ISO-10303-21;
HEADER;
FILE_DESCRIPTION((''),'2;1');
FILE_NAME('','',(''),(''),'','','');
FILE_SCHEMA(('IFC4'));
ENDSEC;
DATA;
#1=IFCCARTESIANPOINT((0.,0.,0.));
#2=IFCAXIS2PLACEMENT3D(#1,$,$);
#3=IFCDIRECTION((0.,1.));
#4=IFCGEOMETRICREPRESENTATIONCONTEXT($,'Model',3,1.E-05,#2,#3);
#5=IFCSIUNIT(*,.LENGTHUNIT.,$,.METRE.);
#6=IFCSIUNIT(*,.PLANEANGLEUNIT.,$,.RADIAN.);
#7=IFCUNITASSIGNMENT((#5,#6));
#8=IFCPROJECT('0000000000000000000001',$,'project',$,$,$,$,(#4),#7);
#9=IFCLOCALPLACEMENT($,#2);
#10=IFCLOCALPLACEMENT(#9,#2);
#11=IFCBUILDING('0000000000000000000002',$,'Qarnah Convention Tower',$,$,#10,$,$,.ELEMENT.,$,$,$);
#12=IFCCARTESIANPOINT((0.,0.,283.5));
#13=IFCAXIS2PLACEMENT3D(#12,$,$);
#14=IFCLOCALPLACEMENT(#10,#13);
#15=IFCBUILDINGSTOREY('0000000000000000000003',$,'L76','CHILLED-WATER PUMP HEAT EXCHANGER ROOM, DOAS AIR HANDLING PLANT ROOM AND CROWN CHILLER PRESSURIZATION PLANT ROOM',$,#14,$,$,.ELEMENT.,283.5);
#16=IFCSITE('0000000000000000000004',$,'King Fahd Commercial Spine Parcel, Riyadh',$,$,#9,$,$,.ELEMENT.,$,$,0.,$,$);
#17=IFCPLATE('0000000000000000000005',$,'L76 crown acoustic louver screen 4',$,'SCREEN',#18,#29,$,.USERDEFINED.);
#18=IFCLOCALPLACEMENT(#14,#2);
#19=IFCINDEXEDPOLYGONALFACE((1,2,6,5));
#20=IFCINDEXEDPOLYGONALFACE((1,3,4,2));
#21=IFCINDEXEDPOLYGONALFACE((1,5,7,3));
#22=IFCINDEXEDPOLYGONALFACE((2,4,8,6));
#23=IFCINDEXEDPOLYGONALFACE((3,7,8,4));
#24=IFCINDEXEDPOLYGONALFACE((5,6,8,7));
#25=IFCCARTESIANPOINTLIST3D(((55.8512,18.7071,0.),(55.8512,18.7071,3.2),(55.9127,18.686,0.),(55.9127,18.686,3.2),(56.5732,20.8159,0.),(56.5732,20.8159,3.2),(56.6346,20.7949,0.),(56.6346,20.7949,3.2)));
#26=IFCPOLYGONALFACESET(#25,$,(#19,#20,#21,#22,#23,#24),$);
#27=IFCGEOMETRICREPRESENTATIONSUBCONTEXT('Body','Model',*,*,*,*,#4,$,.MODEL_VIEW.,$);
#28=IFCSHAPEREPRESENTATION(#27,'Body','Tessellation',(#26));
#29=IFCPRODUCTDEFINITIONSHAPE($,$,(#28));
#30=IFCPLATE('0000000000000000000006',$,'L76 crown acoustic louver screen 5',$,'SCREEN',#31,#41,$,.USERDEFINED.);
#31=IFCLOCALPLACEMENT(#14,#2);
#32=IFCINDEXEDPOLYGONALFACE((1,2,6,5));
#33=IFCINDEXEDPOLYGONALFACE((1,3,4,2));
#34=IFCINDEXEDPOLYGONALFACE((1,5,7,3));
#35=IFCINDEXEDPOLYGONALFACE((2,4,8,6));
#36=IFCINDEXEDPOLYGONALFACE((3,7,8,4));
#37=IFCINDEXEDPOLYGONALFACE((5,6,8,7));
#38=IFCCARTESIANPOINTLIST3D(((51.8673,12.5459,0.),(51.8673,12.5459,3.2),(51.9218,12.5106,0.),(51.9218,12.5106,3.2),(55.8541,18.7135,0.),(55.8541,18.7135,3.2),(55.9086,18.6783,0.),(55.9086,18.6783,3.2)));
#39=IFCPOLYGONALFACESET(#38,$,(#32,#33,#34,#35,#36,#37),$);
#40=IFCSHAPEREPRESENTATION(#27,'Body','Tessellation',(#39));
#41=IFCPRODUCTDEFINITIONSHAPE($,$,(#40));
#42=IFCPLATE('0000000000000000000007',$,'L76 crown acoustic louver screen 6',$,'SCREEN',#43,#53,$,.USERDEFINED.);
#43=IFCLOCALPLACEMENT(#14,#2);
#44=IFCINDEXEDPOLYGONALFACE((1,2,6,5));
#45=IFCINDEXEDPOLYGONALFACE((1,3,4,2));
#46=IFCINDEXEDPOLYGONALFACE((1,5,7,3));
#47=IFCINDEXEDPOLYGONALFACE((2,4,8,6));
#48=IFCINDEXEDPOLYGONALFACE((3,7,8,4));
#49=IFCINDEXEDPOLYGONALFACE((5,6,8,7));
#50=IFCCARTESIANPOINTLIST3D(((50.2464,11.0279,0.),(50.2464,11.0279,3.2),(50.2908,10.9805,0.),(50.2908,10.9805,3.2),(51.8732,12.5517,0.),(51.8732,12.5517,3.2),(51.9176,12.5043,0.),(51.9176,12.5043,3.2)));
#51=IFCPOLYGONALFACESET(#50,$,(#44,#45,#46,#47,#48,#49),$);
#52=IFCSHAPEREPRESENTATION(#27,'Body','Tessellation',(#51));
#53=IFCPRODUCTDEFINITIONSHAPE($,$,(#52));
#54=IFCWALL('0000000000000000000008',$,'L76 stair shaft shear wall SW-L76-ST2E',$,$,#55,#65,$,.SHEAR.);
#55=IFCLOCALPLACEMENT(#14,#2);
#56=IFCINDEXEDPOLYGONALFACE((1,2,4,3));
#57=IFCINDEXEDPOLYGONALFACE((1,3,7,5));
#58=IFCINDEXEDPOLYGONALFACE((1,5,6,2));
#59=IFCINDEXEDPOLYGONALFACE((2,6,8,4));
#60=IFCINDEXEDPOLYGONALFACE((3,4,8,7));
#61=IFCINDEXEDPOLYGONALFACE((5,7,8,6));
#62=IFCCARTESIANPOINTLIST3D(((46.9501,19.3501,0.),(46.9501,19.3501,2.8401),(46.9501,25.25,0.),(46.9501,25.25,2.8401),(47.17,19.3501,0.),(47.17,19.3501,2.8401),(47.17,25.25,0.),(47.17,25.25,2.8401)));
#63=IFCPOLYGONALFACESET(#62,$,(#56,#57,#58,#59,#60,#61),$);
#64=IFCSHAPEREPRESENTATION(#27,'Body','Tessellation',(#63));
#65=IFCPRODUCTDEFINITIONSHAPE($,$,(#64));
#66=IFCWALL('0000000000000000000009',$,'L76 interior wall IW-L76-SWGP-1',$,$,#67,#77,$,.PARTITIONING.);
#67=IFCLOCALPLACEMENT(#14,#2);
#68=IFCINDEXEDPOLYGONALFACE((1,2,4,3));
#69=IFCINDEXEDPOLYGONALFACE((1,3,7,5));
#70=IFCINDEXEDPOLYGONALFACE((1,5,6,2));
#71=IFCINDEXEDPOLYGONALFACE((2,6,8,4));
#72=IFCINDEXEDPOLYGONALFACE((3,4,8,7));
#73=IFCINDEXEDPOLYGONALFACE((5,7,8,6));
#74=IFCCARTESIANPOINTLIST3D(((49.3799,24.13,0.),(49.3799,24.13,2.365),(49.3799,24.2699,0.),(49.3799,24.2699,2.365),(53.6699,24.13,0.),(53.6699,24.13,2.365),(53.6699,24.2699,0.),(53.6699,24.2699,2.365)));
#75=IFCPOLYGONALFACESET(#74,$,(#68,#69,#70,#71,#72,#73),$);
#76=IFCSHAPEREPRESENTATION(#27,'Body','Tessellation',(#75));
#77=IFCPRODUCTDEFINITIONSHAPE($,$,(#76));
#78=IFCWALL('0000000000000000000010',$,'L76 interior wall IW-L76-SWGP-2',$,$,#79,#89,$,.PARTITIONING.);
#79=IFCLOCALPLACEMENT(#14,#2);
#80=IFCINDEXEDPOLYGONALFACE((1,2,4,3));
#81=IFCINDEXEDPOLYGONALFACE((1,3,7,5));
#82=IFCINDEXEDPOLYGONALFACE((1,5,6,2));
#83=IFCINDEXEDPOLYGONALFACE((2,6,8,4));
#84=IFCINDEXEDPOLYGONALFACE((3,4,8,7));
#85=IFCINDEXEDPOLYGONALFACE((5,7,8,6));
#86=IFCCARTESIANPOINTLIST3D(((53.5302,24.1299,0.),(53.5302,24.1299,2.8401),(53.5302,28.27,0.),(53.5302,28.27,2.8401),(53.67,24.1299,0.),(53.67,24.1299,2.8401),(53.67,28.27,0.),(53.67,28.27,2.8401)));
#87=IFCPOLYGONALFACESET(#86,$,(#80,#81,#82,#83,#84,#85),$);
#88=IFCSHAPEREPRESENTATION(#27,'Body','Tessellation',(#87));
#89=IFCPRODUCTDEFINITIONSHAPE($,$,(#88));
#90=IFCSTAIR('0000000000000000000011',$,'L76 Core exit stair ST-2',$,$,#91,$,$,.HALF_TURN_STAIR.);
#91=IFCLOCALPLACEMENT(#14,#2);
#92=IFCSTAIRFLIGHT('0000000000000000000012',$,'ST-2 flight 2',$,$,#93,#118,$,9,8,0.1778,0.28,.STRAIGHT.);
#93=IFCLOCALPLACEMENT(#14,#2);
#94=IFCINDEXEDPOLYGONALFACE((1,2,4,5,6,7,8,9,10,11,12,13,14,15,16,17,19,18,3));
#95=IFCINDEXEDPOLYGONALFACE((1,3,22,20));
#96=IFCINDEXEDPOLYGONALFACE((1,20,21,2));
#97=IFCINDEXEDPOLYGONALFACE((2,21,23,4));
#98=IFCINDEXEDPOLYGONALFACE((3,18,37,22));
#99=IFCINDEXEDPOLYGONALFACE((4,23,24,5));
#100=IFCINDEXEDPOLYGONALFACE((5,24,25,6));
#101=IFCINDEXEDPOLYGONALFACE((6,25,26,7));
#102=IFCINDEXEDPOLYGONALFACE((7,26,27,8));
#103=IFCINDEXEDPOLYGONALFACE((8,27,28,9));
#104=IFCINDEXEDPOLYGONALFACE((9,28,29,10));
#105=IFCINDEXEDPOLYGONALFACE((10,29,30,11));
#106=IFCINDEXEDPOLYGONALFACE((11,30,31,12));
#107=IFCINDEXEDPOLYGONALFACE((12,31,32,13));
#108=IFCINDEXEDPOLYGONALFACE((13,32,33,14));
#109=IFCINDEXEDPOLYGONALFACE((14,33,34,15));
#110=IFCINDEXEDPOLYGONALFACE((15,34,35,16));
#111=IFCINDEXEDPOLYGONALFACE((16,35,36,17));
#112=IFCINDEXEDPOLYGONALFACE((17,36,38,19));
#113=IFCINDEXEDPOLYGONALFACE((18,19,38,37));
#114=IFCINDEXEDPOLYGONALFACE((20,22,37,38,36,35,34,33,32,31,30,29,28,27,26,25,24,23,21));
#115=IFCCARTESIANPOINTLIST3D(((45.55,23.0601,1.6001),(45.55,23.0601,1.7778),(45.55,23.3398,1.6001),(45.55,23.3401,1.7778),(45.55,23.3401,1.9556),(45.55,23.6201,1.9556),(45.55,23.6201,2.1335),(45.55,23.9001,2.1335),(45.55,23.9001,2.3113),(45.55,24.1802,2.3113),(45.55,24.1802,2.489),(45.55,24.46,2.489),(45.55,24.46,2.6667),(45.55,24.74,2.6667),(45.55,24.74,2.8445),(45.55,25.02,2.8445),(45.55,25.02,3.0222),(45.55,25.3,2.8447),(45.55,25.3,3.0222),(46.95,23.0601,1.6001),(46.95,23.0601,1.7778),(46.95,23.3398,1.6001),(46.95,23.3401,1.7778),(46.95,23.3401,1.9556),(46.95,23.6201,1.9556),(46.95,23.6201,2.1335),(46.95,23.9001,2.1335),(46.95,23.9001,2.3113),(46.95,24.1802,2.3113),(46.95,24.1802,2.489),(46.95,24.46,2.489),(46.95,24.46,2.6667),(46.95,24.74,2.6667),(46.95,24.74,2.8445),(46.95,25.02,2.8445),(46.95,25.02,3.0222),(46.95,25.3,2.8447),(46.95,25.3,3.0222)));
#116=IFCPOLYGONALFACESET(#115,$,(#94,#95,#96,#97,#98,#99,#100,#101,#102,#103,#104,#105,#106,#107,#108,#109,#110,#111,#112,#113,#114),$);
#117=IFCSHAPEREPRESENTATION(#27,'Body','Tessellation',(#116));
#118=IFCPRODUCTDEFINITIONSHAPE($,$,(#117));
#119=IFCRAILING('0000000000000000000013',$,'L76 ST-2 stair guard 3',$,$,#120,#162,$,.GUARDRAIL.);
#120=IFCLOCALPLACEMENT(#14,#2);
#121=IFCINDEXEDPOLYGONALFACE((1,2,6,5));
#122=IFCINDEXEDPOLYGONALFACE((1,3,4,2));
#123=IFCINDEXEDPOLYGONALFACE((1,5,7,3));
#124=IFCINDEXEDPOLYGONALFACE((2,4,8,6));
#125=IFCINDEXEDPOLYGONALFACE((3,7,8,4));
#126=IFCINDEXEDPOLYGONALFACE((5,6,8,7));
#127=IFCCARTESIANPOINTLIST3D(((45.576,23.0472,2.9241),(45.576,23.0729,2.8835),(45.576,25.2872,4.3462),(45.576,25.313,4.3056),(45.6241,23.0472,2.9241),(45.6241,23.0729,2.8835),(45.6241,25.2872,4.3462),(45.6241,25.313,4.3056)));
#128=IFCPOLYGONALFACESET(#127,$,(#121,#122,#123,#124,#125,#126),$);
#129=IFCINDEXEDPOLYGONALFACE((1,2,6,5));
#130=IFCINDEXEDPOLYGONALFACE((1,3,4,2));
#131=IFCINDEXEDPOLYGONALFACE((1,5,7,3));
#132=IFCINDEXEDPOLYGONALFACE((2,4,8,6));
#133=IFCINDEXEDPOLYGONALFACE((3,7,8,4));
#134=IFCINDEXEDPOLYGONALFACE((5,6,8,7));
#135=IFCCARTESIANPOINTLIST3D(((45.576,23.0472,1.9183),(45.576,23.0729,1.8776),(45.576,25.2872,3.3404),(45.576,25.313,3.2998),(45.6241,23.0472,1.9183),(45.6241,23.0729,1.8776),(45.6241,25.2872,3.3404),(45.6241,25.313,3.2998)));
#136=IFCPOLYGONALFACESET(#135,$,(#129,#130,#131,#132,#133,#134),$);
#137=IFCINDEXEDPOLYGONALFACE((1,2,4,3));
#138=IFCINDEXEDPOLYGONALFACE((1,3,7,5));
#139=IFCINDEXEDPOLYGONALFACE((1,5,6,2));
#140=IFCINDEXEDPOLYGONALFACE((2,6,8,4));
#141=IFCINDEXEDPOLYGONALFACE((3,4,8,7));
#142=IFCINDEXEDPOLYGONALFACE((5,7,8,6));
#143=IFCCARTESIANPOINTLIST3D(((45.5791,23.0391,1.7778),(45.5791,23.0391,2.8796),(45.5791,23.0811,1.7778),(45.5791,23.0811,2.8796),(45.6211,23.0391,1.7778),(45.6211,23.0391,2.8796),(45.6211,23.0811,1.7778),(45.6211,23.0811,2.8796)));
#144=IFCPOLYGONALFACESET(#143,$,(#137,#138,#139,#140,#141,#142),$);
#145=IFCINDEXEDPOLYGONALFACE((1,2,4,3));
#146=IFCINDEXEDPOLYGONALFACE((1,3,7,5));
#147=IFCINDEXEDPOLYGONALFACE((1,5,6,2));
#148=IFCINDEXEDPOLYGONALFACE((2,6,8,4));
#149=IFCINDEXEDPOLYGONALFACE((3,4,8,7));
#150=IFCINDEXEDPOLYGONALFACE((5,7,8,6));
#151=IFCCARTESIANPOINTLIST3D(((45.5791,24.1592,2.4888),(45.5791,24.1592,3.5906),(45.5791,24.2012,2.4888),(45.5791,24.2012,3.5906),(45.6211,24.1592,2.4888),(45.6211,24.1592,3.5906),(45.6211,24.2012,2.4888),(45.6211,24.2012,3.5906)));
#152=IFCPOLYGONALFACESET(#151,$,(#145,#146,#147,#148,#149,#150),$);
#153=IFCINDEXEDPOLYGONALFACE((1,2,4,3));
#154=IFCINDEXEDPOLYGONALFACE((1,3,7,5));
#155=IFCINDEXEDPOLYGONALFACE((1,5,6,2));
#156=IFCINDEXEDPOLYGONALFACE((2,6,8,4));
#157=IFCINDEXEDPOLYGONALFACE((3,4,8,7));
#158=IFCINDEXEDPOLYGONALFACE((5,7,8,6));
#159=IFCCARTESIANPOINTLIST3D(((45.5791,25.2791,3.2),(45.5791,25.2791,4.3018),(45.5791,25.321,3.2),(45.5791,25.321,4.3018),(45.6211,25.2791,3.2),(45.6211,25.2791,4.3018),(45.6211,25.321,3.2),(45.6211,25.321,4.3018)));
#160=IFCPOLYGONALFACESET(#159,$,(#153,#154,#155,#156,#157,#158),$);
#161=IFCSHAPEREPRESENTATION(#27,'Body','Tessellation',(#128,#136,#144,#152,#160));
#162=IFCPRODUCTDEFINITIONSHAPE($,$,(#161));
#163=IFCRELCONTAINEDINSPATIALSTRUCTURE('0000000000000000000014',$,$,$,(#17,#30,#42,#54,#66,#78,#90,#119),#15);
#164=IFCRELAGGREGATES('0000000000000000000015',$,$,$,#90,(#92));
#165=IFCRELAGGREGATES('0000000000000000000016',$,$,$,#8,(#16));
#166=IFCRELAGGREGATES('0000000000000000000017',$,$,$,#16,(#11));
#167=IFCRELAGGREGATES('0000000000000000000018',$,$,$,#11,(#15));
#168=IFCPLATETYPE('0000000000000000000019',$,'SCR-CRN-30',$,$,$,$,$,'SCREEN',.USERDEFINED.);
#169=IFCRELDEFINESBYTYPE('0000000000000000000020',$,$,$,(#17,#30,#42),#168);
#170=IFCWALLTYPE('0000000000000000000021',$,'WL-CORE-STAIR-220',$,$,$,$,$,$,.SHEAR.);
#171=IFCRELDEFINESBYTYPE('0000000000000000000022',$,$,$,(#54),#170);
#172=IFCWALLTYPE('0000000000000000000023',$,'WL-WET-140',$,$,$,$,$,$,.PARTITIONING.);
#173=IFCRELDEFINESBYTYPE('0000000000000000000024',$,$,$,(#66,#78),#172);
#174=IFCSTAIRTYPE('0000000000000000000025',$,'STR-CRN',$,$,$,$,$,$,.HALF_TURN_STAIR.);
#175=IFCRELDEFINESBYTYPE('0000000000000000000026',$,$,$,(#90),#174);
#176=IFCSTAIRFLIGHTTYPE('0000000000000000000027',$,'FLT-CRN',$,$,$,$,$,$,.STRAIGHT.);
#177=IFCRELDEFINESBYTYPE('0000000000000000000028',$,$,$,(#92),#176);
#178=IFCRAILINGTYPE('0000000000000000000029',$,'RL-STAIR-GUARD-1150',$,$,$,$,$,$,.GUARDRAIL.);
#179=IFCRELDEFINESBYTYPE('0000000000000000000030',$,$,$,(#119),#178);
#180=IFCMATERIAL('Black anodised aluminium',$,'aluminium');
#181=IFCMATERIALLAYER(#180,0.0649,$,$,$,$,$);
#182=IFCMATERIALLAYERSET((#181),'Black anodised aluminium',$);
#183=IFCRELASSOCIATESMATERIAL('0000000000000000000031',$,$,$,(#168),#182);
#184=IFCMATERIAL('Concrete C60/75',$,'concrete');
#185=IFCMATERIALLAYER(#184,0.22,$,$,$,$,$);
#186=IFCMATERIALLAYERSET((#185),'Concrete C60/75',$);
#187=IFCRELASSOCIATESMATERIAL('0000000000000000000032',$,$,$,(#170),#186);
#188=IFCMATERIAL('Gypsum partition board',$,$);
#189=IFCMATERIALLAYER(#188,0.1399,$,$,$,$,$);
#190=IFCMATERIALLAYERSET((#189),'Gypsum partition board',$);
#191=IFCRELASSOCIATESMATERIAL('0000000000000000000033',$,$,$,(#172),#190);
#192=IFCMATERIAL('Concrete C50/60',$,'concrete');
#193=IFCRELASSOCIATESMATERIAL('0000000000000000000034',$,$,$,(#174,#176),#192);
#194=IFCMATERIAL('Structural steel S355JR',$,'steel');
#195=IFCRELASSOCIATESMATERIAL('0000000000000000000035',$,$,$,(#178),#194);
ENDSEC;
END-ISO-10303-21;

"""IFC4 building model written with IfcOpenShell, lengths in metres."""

from ifc_helpers import new_model, si_unit, direction, frame, frame_2d, origin, origin_2d, place, context, subcontext, project, spatial, polyline, rectangle, outline, extrude, material, layer, layer_set, type_object, element, aggregate, save


model = new_model("IFC4")

# Units and contexts
model_context = context("Model", 3, precision=1e-05, world=origin(), true_north=direction((0.0, 1.0)))
body_context = subcontext(model_context, "Body", "Model", "MODEL_VIEW")
ifc_project = project(units=[si_unit("LENGTHUNIT", "METRE"), si_unit("PLANEANGLEUNIT", "RADIAN")], contexts=[model_context])

# Site, building, storey
site_placement = place(None, origin())
site = spatial("IfcSite", under=ifc_project, at=site_placement, Name="King Fahd Commercial Spine Parcel, Riyadh", CompositionType="ELEMENT", RefElevation=0.0)
building_placement = place(site_placement, origin())
building = spatial("IfcBuilding", under=site, at=building_placement, Name="Qarnah Convention Tower", CompositionType="ELEMENT")
storey_placement = place(building_placement, frame((0.0, 0.0, 283.5)))
storey = spatial("IfcBuildingStorey", under=building, at=storey_placement, Name="L76", Description="CHILLED-WATER PUMP HEAT EXCHANGER ROOM, DOAS AIR HANDLING PLANT ROOM AND CROWN CHILLER PRESSURIZATION PLANT ROOM", CompositionType="ELEMENT", Elevation=283.5)

# Shared definitions
ifc_material_1 = material(Name="Structural steel S355JR", Category="steel")

# Shared definitions
ifc_material_2 = material(Name="Black anodised aluminium", Category="aluminium")

# Plates
ifc_layer_1 = layer(ifc_material_2, 0.0649)
ifc_layer_set_1 = layer_set([ifc_layer_1], Name="Black anodised aluminium")
plate_type_1 = type_object("IfcPlateType", Name="SCR-CRN-30", ElementType="SCREEN", PredefinedType="USERDEFINED", material=ifc_layer_set_1)
plate_1_placement = place(storey_placement, frame((56.2429, 19.751, 0.0), z_axis=(0.0, 0.0, 1.0), x_axis=(-0.323888, -0.946096, 0.0)))
element("IfcPlate", 1, at=plate_1_placement, inside=storey, type_object=plate_type_1, Name="L76 crown acoustic louver screen 4", ObjectType="SCREEN", PredefinedType="USERDEFINED", context=body_context, shape_type="SweptSolid", body=[
    extrude(rectangle(XDim=2.229, YDim=0.0649, at=origin_2d()), origin(), (0.0, 0.0, 1.0), 3.2),
])
plate_2_placement = place(storey_placement, frame((53.8879, 15.6121, 0.0), z_axis=(0.0, 0.0, 1.0), x_axis=(-0.542862, -0.839822, 0.0)))
element("IfcPlate", 2, at=plate_2_placement, inside=storey, type_object=plate_type_1, Name="L76 crown acoustic louver screen 5", ObjectType="SCREEN", PredefinedType="USERDEFINED", context=body_context, shape_type="SweptSolid", body=[
    extrude(rectangle(XDim=7.344, YDim=0.0649, at=origin_2d()), origin(), (0.0, 0.0, 1.0), 3.2),
])
plate_3_placement = place(storey_placement, frame((51.082, 11.7661, 0.0), z_axis=(0.0, 0.0, 1.0), x_axis=(-0.729831, -0.683628, 0.0)))
element("IfcPlate", 3, at=plate_3_placement, inside=storey, type_object=plate_type_1, Name="L76 crown acoustic louver screen 6", ObjectType="SCREEN", PredefinedType="USERDEFINED", context=body_context, shape_type="SweptSolid", body=[
    extrude(rectangle(XDim=2.229, YDim=0.0649, at=origin_2d()), origin(), (0.0, 0.0, 1.0), 3.2),
])

# Shared definitions
ifc_material_3 = material(Name="Concrete C60/75", Category="concrete")

# Walls
ifc_layer_2 = layer(ifc_material_3, 0.22)
ifc_layer_set_2 = layer_set([ifc_layer_2], Name="Concrete C60/75")
wall_type_1 = type_object("IfcWallType", Name="WL-CORE-STAIR-220", PredefinedType="SHEAR", material=ifc_layer_set_2)
wall_1_placement = place(storey_placement, frame((47.0601, 19.3501, 0.0), z_axis=(0.0, 0.0, 1.0), x_axis=(0.0, 1.0, 0.0)))
element("IfcWall", 4, at=wall_1_placement, inside=storey, type_object=wall_type_1, Name="L76 stair shaft shear wall SW-L76-ST2E", PredefinedType="SHEAR", context=body_context, shape_type="SweptSolid", body=[
    extrude(rectangle(XDim=5.8999, YDim=0.22, at=frame_2d((2.95, 0.0))), origin(), (0.0, 0.0, 1.0), 2.8401),
])
ifc_material_4 = material(Name="Gypsum partition board")
ifc_layer_3 = layer(ifc_material_4, 0.1399)
ifc_layer_set_3 = layer_set([ifc_layer_3], Name="Gypsum partition board")
wall_type_2 = type_object("IfcWallType", Name="WL-WET-140", PredefinedType="PARTITIONING", material=ifc_layer_set_3)
wall_2_placement = place(storey_placement, frame((49.3799, 24.2, 0.0), z_axis=(0.0, 0.0, 1.0), x_axis=(1.0, 0.0, 0.0)))
element("IfcWall", 5, at=wall_2_placement, inside=storey, type_object=wall_type_2, Name="L76 interior wall IW-L76-SWGP-1", PredefinedType="PARTITIONING", context=body_context, shape_type="SweptSolid", body=[
    extrude(rectangle(XDim=4.29, YDim=0.1399, at=frame_2d((2.145, 0.0))), origin(), (0.0, 0.0, 1.0), 2.365),
])
wall_3_placement = place(storey_placement, frame((53.6001, 24.1299, 0.0), z_axis=(0.0, 0.0, 1.0), x_axis=(0.0, 1.0, 0.0)))
element("IfcWall", 6, at=wall_3_placement, inside=storey, type_object=wall_type_2, Name="L76 interior wall IW-L76-SWGP-2", PredefinedType="PARTITIONING", context=body_context, shape_type="SweptSolid", body=[
    extrude(rectangle(XDim=4.1401, YDim=0.1399, at=frame_2d((2.0701, 0.0))), origin(), (0.0, 0.0, 1.0), 2.8401),
])

# Stair, stair flight
ifc_material_5 = material(Name="Concrete C50/60", Category="concrete")
stair_type = type_object("IfcStairType", Name="STR-CRN", PredefinedType="HALF_TURN_STAIR", material=ifc_material_5)
stair_placement = place(storey_placement, origin())
stair = element("IfcStair", 7, at=stair_placement, inside=storey, type_object=stair_type, Name="L76 Core exit stair ST-2", PredefinedType="HALF_TURN_STAIR")
stair_flight_type = type_object("IfcStairFlightType", Name="FLT-CRN", PredefinedType="STRAIGHT", material=ifc_material_5)
stair_flight_placement = place(storey_placement, frame((46.25, 23.0601, 1.6001), z_axis=(0.0, 0.0, 1.0), x_axis=(0.0, 1.0, 0.0)))
stair_flight = element("IfcStairFlight", 8, at=stair_flight_placement, type_object=stair_flight_type, Name="ST-2 flight 2", NumberOfRisers=9, NumberOfTreads=8, PredefinedType="STRAIGHT", RiserHeight=0.1778, TreadLength=0.28, context=body_context, shape_type="SweptSolid", body=[
    extrude(outline(polyline([(0.0, 0.0), (0.0, 0.1777), (0.28, 0.1777), (0.28, 0.3555), (0.5601, 0.3555), (0.5601, 0.5334), (0.8401, 0.5334), (0.8401, 0.7112), (1.1201, 0.7112), (1.1201, 0.8889), (1.3999, 0.8889), (1.3999, 1.0667), (1.6799, 1.0667), (1.6799, 1.2444), (1.96, 1.2444), (1.96, 1.4221), (2.24, 1.4221), (2.24, 1.6001), (2.24, 1.2446), (0.2798, 0.0), (0.0, 0.0)])), frame((0.0, 0.7, 0.0), z_axis=(0.0, -1.0, 0.0), x_axis=(1.0, 0.0, 0.0)), (0.0, 0.0, 1.0), 1.3999),
])
aggregate(stair, [stair_flight])

# Railing
railing_type_1 = type_object("IfcRailingType", Name="RL-STAIR-GUARD-1150", PredefinedType="GUARDRAIL", material=ifc_material_1)
railing_1_placement = place(storey_placement, frame((45.6001, 23.0601, 1.7778)))
element("IfcRailing", 9, at=railing_1_placement, inside=storey, type_object=railing_type_1, Name="L76 ST-2 stair guard 3", PredefinedType="GUARDRAIL", context=body_context, shape_type="SweptSolid", body=[
    extrude(rectangle(XDim=0.0481, YDim=0.0481, at=origin_2d()), frame((0.0, 0.0, 1.126), z_axis=(0.0, 0.844229, 0.535982), x_axis=(-1.0, 0.0, 0.0)), (0.0, 0.0, 1.0), 2.6533),
    extrude(rectangle(XDim=0.0481, YDim=0.0481, at=origin_2d()), frame((0.0, 0.0, 0.1201), z_axis=(0.0, 0.844229, 0.535982), x_axis=(-1.0, 0.0, 0.0)), (0.0, 0.0, 1.0), 2.6533),
    extrude(rectangle(XDim=0.042, YDim=0.042, at=origin_2d()), origin(), (0.0, 0.0, 1.0), 1.1018),
    extrude(rectangle(XDim=0.042, YDim=0.042, at=origin_2d()), frame((0.0, 1.1201, 0.7109)), (0.0, 0.0, 1.0), 1.1018),
    extrude(rectangle(XDim=0.042, YDim=0.042, at=origin_2d()), frame((0.0, 2.24, 1.4221)), (0.0, 0.0, 1.0), 1.1018),
])

save(model, "model.ifc")
